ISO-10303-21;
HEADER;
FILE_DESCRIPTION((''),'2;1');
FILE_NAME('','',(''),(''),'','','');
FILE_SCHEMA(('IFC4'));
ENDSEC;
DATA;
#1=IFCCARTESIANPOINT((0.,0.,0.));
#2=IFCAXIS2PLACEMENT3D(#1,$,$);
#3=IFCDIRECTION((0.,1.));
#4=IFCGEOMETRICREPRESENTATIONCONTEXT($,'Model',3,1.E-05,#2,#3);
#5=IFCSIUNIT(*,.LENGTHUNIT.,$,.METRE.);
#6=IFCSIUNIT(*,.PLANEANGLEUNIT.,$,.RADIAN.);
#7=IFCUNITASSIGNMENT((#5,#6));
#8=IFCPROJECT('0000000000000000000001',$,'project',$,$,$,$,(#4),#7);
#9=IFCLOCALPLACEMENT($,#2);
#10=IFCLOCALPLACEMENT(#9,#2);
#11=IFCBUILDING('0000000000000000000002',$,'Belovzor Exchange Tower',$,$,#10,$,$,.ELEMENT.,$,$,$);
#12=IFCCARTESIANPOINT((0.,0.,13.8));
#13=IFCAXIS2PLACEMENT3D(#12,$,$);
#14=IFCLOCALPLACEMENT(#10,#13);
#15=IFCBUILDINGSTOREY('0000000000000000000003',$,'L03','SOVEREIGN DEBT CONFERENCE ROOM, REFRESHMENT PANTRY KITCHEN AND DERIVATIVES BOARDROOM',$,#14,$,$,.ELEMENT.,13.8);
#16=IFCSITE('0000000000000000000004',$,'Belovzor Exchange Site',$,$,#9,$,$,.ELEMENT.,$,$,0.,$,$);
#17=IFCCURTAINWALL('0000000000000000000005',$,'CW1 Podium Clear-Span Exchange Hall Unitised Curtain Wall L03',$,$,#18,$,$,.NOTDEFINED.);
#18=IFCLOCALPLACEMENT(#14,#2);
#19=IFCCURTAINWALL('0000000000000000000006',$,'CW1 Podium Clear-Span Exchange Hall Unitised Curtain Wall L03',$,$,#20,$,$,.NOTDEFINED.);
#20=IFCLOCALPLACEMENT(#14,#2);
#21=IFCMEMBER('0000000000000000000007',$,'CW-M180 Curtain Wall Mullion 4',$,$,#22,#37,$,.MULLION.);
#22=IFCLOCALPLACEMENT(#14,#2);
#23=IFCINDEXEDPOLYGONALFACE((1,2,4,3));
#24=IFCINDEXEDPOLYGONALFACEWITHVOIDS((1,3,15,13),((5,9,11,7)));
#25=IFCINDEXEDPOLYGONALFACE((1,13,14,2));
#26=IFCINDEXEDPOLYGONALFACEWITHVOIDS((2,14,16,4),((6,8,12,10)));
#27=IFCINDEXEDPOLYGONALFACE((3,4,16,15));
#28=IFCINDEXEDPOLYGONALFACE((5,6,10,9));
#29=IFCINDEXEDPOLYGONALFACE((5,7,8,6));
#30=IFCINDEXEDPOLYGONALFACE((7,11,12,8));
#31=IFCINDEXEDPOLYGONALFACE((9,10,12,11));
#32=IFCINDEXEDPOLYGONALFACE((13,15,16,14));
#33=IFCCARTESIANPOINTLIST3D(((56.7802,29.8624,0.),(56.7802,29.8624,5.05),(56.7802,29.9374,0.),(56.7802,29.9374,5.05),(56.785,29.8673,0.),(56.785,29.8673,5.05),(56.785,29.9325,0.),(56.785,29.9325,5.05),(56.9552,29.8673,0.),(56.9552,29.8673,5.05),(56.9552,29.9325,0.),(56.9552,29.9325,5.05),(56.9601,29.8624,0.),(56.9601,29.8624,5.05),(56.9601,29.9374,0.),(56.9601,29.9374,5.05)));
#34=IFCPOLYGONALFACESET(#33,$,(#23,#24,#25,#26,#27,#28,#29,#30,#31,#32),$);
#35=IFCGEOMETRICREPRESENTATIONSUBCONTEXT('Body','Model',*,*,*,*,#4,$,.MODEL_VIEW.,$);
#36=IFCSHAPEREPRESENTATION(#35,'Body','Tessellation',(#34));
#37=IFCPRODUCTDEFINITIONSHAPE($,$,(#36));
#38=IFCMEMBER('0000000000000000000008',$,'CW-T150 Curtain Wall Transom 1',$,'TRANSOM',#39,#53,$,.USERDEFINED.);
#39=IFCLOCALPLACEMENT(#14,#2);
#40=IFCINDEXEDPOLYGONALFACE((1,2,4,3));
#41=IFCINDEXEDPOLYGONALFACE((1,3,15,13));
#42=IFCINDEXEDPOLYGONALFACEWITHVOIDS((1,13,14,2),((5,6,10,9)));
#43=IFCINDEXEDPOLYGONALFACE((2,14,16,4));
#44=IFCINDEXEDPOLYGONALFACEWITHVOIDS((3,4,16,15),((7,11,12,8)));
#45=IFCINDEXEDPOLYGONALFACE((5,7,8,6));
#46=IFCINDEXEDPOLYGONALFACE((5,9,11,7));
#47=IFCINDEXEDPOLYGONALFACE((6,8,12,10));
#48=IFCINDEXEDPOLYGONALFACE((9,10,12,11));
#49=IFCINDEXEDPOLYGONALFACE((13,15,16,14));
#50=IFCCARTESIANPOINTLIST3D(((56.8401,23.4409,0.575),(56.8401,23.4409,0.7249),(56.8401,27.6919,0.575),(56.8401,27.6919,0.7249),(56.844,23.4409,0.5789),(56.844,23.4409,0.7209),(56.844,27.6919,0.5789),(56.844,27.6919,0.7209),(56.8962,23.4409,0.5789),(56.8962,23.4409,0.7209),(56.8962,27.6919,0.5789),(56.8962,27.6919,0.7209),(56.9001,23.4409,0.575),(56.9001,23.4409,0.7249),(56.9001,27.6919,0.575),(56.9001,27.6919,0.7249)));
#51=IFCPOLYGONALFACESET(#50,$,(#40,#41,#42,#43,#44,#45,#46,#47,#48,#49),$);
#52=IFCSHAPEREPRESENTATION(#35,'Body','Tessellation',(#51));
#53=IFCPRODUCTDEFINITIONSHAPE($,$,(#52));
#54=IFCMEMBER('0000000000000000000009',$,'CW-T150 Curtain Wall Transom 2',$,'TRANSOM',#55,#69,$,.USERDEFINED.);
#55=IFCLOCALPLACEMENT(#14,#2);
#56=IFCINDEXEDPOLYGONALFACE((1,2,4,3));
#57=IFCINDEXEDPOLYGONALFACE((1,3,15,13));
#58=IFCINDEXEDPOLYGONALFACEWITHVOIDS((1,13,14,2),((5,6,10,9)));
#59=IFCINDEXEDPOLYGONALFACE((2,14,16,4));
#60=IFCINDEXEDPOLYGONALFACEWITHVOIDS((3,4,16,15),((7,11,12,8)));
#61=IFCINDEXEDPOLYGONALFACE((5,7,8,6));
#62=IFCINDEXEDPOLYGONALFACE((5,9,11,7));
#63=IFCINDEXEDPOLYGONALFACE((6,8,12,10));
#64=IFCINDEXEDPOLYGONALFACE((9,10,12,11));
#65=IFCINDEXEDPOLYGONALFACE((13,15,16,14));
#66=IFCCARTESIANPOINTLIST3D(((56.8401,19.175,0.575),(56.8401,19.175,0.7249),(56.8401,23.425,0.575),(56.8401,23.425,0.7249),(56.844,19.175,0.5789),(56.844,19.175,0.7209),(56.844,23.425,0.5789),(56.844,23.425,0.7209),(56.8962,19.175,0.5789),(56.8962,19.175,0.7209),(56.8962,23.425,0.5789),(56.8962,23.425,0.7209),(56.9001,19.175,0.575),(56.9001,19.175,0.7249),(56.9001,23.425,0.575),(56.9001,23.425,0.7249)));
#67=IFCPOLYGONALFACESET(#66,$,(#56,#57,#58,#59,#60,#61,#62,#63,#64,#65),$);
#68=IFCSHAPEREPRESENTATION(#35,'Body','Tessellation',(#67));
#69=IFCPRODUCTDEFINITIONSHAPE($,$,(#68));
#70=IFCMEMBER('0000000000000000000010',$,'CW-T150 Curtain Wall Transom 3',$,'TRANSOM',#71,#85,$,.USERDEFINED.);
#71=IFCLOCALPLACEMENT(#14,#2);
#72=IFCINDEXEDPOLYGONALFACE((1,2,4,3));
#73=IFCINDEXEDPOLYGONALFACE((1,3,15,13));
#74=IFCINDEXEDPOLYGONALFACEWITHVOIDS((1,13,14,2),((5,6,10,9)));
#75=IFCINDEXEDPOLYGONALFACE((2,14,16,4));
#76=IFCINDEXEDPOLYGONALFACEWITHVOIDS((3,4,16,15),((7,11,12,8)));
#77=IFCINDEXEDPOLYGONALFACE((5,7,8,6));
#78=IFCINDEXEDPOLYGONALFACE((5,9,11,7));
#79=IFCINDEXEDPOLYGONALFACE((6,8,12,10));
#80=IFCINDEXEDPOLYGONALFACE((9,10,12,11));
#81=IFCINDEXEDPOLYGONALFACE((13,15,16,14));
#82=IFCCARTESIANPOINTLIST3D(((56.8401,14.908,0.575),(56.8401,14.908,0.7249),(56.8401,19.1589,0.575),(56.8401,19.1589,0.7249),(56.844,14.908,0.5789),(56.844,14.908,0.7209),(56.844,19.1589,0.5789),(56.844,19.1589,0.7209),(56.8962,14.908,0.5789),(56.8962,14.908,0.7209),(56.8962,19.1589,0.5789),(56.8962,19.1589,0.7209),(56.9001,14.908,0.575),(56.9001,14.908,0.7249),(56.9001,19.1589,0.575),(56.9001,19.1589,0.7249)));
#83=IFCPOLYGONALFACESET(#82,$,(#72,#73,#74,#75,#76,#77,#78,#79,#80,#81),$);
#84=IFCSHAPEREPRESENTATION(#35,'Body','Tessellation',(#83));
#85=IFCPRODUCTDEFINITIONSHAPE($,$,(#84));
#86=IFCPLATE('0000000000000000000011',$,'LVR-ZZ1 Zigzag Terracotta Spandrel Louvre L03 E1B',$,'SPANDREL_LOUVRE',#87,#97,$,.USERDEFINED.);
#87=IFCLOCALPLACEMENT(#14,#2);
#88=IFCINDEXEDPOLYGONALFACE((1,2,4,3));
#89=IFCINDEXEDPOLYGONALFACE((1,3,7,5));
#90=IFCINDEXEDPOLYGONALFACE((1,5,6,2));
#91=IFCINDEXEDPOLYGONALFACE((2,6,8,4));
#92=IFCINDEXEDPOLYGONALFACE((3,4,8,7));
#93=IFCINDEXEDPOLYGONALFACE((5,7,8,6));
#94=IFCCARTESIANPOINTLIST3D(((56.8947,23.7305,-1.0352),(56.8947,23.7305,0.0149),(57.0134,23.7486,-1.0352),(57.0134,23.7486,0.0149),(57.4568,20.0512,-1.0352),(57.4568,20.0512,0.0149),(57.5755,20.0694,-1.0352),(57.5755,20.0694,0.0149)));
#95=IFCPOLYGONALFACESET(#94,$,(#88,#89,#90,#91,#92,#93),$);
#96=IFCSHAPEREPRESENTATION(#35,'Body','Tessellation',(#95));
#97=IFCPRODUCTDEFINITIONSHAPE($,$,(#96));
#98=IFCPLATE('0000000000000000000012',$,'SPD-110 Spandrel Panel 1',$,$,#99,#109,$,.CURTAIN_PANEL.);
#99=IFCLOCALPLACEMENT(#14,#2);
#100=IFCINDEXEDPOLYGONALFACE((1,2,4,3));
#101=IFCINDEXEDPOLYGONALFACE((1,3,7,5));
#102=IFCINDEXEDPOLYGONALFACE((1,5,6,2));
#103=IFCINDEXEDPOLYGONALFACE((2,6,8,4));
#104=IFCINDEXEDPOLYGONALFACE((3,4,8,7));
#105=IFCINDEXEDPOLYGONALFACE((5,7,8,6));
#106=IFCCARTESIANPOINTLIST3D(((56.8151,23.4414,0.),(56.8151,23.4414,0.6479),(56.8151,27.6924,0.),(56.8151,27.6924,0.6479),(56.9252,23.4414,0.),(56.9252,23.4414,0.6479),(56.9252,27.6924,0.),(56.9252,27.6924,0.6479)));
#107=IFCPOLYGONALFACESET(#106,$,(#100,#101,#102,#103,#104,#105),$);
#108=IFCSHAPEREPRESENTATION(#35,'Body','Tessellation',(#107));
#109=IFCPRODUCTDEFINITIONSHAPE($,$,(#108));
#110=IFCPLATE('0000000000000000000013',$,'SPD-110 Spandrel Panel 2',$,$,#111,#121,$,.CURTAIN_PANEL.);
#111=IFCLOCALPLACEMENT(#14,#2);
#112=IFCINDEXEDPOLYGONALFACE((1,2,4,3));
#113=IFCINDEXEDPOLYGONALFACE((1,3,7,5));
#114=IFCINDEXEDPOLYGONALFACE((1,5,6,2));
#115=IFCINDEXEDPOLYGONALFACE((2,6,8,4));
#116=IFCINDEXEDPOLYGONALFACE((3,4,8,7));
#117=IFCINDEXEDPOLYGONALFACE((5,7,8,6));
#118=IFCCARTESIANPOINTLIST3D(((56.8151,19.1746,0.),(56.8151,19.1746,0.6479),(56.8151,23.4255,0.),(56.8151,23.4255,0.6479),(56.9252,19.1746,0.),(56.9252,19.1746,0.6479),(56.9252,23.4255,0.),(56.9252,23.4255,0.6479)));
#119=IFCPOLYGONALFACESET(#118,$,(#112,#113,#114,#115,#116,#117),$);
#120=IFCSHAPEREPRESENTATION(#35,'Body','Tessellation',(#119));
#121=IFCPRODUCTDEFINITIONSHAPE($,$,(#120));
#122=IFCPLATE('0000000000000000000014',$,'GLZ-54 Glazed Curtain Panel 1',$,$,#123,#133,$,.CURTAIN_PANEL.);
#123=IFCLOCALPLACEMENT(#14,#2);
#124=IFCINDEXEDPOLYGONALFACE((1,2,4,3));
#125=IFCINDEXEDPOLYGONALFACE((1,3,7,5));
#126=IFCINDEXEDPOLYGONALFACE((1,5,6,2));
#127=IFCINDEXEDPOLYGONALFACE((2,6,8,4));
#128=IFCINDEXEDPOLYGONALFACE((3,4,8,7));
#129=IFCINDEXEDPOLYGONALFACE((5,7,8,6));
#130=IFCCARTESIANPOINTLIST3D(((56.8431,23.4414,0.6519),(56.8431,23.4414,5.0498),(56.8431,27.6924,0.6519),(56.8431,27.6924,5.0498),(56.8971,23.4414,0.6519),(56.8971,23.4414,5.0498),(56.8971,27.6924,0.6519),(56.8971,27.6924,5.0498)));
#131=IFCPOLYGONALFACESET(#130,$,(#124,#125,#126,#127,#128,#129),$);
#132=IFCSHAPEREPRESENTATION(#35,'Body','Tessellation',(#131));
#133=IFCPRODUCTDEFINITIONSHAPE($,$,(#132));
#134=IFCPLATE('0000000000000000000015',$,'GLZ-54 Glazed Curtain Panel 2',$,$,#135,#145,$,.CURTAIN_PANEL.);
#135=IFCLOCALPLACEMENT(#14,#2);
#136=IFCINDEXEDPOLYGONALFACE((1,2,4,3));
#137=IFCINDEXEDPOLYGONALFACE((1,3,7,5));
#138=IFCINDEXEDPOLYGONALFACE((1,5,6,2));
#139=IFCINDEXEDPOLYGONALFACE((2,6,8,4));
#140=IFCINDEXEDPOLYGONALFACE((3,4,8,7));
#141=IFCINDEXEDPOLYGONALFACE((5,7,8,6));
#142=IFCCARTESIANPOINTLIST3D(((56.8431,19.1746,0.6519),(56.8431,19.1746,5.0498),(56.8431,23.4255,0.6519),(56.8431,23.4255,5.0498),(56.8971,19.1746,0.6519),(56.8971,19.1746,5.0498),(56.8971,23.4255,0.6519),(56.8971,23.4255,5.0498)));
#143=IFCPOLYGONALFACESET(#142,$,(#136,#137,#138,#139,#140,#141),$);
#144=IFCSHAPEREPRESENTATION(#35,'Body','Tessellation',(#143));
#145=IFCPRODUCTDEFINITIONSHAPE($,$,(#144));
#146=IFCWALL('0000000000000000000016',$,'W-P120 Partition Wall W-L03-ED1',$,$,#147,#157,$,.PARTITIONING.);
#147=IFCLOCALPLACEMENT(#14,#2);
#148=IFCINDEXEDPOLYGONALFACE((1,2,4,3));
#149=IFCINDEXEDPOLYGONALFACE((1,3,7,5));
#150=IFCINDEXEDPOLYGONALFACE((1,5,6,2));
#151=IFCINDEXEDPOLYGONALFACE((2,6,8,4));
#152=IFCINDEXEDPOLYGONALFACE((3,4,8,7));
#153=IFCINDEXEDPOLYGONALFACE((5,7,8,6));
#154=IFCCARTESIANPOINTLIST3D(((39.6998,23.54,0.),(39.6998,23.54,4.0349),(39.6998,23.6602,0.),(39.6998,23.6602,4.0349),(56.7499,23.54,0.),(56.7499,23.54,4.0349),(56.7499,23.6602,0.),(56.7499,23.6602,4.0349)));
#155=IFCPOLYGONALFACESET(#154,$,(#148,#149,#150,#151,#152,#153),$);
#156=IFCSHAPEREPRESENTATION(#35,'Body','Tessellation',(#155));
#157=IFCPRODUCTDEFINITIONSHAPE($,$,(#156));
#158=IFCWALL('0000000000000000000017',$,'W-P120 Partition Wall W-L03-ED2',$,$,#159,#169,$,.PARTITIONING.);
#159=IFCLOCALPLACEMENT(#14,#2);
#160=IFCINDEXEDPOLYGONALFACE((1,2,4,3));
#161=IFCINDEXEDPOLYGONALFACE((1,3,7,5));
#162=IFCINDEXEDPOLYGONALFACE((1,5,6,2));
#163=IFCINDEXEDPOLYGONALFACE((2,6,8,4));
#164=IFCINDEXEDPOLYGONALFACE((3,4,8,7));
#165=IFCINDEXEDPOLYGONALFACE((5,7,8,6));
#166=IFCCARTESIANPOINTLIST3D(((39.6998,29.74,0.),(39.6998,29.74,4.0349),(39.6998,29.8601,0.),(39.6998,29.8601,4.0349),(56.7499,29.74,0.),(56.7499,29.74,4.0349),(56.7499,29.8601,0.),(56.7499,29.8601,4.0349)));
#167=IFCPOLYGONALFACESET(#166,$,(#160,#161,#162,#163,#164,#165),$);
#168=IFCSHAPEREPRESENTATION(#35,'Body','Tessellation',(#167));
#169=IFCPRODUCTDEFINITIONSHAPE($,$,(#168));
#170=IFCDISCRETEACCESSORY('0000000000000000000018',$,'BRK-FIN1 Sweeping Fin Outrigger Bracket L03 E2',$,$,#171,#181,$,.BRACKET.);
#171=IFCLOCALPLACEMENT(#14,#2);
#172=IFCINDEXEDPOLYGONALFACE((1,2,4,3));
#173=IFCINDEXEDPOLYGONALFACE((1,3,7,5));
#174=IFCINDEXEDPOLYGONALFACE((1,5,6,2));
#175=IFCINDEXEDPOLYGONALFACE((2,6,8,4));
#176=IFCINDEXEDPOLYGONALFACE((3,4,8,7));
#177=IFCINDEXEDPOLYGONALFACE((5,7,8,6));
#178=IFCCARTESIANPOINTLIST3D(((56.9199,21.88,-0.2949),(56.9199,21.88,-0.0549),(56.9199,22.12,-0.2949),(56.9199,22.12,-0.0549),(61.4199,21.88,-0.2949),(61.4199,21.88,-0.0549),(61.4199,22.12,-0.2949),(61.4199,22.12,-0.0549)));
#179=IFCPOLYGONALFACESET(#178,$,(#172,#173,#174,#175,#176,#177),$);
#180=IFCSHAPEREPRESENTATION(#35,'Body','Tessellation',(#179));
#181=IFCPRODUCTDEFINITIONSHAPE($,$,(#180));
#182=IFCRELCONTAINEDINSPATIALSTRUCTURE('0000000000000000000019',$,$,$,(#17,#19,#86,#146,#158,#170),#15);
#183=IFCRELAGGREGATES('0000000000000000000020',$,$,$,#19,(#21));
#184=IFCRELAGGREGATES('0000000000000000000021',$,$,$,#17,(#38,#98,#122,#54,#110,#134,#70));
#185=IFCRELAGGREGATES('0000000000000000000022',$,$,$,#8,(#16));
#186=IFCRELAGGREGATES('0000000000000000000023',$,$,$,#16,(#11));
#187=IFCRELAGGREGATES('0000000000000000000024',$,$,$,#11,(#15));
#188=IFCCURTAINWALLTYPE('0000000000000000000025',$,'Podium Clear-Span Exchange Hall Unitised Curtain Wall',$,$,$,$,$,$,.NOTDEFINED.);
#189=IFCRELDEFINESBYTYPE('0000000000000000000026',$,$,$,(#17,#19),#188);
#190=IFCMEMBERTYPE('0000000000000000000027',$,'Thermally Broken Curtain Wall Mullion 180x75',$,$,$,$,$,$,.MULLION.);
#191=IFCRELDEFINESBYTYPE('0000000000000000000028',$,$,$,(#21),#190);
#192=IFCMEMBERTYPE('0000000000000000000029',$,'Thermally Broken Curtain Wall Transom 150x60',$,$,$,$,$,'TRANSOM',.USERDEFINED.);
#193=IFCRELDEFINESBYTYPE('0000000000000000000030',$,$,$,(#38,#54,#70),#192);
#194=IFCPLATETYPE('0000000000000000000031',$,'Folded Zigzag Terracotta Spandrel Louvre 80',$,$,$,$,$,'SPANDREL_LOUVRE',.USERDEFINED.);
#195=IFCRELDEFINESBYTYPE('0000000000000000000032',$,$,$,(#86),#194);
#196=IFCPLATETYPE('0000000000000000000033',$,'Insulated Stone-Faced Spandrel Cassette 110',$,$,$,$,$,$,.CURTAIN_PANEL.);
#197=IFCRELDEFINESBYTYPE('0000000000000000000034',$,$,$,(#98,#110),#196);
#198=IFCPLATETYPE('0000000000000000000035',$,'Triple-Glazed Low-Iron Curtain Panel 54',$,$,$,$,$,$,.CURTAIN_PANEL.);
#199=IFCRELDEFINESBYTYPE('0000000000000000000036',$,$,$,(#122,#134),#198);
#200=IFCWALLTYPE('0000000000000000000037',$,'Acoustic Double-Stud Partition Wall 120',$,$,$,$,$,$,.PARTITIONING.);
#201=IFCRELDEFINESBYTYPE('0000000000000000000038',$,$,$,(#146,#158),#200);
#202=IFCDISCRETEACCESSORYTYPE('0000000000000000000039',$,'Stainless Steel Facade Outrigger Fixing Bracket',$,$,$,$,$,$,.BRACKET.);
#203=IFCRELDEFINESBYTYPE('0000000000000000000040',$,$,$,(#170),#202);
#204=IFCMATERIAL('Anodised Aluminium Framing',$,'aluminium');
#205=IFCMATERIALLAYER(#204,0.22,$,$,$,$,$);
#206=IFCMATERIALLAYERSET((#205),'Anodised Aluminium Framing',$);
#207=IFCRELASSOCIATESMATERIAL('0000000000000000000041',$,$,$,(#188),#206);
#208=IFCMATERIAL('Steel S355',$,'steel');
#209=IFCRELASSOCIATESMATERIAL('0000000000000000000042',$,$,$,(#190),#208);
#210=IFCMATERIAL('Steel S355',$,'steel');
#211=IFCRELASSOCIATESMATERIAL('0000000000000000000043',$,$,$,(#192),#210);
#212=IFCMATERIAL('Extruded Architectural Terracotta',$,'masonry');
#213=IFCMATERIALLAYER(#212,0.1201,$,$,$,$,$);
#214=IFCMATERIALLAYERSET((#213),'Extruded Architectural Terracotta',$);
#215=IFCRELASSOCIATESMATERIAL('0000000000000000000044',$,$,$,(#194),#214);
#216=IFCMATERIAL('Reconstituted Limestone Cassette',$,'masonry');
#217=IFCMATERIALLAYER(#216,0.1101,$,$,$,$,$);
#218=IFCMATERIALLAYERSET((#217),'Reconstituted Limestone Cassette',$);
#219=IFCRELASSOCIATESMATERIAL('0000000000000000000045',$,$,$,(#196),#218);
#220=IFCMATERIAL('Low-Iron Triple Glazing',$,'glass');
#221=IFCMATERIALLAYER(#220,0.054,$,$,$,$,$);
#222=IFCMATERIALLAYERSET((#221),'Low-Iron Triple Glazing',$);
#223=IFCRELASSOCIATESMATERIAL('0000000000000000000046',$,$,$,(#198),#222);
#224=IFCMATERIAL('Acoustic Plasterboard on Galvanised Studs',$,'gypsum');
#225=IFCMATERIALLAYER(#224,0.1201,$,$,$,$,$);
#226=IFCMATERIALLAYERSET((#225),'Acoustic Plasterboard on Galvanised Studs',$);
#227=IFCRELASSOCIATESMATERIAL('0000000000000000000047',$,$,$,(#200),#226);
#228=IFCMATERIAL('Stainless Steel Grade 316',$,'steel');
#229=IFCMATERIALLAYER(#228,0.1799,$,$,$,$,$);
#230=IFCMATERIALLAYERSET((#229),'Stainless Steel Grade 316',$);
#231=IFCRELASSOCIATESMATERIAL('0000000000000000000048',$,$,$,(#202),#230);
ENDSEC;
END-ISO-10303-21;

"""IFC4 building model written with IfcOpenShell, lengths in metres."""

from ifc_helpers import new_model, si_unit, direction, frame, frame_2d, origin, origin_2d, place, context, subcontext, project, spatial, rectangle, hollow_rectangle, extrude, material, layer, layer_set, material_profile, profile_set, type_object, element, aggregate, save


model = new_model("IFC4")

# Units and contexts
model_context = context("Model", 3, precision=1e-05, world=origin(), true_north=direction((0.0, 1.0)))
body_context = subcontext(model_context, "Body", "Model", "MODEL_VIEW")
ifc_project = project(units=[si_unit("LENGTHUNIT", "METRE"), si_unit("PLANEANGLEUNIT", "RADIAN")], contexts=[model_context])

# Site, building, storey
site_placement = place(None, origin())
site = spatial("IfcSite", under=ifc_project, at=site_placement, Name="Belovzor Exchange Site", CompositionType="ELEMENT", RefElevation=0.0)
building_placement = place(site_placement, origin())
building = spatial("IfcBuilding", under=site, at=building_placement, Name="Belovzor Exchange Tower", CompositionType="ELEMENT")
storey_placement = place(building_placement, frame((0.0, 0.0, 13.8)))
storey = spatial("IfcBuildingStorey", under=building, at=storey_placement, Name="L03", Description="SOVEREIGN DEBT CONFERENCE ROOM, REFRESHMENT PANTRY KITCHEN AND DERIVATIVES BOARDROOM", CompositionType="ELEMENT", Elevation=13.8)

# Curtain wall
ifc_material_1 = material(Name="Anodised Aluminium Framing", Category="aluminium")
ifc_layer_1 = layer(ifc_material_1, 0.22)
ifc_layer_set_1 = layer_set([ifc_layer_1], Name="Anodised Aluminium Framing")
curtain_wall_type = type_object("IfcCurtainWallType", Name="Podium Clear-Span Exchange Hall Unitised Curtain Wall", PredefinedType="NOTDEFINED", material=ifc_layer_set_1)
curtain_wall_1_placement = place(storey_placement, origin())
curtain_wall_1 = element("IfcCurtainWall", 1, at=curtain_wall_1_placement, inside=storey, type_object=curtain_wall_type, Name="CW1 Podium Clear-Span Exchange Hall Unitised Curtain Wall L03", PredefinedType="NOTDEFINED")
ifc_material_2 = material(Name="Steel S355", Category="steel")
ifc_material_profile_1 = material_profile(ifc_material_2, hollow_rectangle(XDim=0.075, YDim=0.1799, WallThickness=0.0049, at=origin_2d()))
ifc_profile_set_1 = profile_set([ifc_material_profile_1], Name="Steel S355")
member_type_1 = type_object("IfcMemberType", Name="Thermally Broken Curtain Wall Mullion 180x75", PredefinedType="MULLION", material=ifc_profile_set_1)

# Curtain wall, member
curtain_wall_2_placement = place(storey_placement, origin())
curtain_wall_2 = element("IfcCurtainWall", 2, at=curtain_wall_2_placement, inside=storey, type_object=curtain_wall_type, Name="CW1 Podium Clear-Span Exchange Hall Unitised Curtain Wall L03", PredefinedType="NOTDEFINED")
member_1_placement = place(storey_placement, frame((56.8701, 29.8999, 0.0), z_axis=(0.0, 0.0, 1.0), x_axis=(0.0, -1.0, 0.0)))
member_1 = element("IfcMember", 3, at=member_1_placement, type_object=member_type_1, Name="CW-M180 Curtain Wall Mullion 4", PredefinedType="MULLION", context=body_context, shape_type="SweptSolid", body=[
    extrude(hollow_rectangle(XDim=0.075, YDim=0.1799, WallThickness=0.0049, at=origin_2d()), origin(), (0.0, 0.0, 1.0), 5.05),
])
aggregate(curtain_wall_2, [member_1])

# Members
ifc_material_3 = material(Name="Steel S355", Category="steel")
ifc_material_profile_2 = material_profile(ifc_material_3, hollow_rectangle(XDim=0.0601, YDim=0.1499, WallThickness=0.0039, at=origin_2d()))
ifc_profile_set_2 = profile_set([ifc_material_profile_2], Name="Steel S355")
member_type_2 = type_object("IfcMemberType", Name="Thermally Broken Curtain Wall Transom 150x60", ElementType="TRANSOM", PredefinedType="USERDEFINED", material=ifc_profile_set_2)
member_2_placement = place(storey_placement, frame((56.8701, 27.6919, 0.6499), z_axis=(0.0, -1.0, 0.0), x_axis=(1.0, 0.0, 0.0)))
member_2 = element("IfcMember", 4, at=member_2_placement, type_object=member_type_2, Name="CW-T150 Curtain Wall Transom 1", ObjectType="TRANSOM", PredefinedType="USERDEFINED", context=body_context, shape_type="SweptSolid", body=[
    extrude(hollow_rectangle(XDim=0.0601, YDim=0.1499, WallThickness=0.0039, at=origin_2d()), origin(), (0.0, 0.0, 1.0), 4.251),
])
member_3_placement = place(storey_placement, frame((56.8701, 23.425, 0.6499), z_axis=(0.0, -1.0, 0.0), x_axis=(1.0, 0.0, 0.0)))
member_3 = element("IfcMember", 5, at=member_3_placement, type_object=member_type_2, Name="CW-T150 Curtain Wall Transom 2", ObjectType="TRANSOM", PredefinedType="USERDEFINED", context=body_context, shape_type="SweptSolid", body=[
    extrude(hollow_rectangle(XDim=0.0601, YDim=0.1499, WallThickness=0.0039, at=origin_2d()), origin(), (0.0, 0.0, 1.0), 4.25),
])
member_4_placement = place(storey_placement, frame((56.8701, 19.1589, 0.6499), z_axis=(0.0, -1.0, 0.0), x_axis=(1.0, 0.0, 0.0)))
member_4 = element("IfcMember", 6, at=member_4_placement, type_object=member_type_2, Name="CW-T150 Curtain Wall Transom 3", ObjectType="TRANSOM", PredefinedType="USERDEFINED", context=body_context, shape_type="SweptSolid", body=[
    extrude(hollow_rectangle(XDim=0.0601, YDim=0.1499, WallThickness=0.0039, at=origin_2d()), origin(), (0.0, 0.0, 1.0), 4.251),
])

# Plates
ifc_material_4 = material(Name="Extruded Architectural Terracotta", Category="masonry")
ifc_layer_2 = layer(ifc_material_4, 0.1201)
ifc_layer_set_2 = layer_set([ifc_layer_2], Name="Extruded Architectural Terracotta")
plate_type_1 = type_object("IfcPlateType", Name="Folded Zigzag Terracotta Spandrel Louvre 80", ElementType="SPANDREL_LOUVRE", PredefinedType="USERDEFINED", material=ifc_layer_set_2)
plate_1_placement = place(storey_placement, frame((57.2351, 21.8999, -1.0352), z_axis=(0.0, 0.0, 1.0), x_axis=(-0.151019, 0.988531, 0.0)))
element("IfcPlate", 7, at=plate_1_placement, inside=storey, type_object=plate_type_1, Name="LVR-ZZ1 Zigzag Terracotta Spandrel Louvre L03 E1B", ObjectType="SPANDREL_LOUVRE", PredefinedType="USERDEFINED", context=body_context, shape_type="SweptSolid", body=[
    extrude(rectangle(XDim=3.7219, YDim=0.1201, at=origin_2d()), origin(), (0.0, 0.0, 1.0), 1.05),
])
ifc_material_5 = material(Name="Reconstituted Limestone Cassette", Category="masonry")
ifc_layer_3 = layer(ifc_material_5, 0.1101)
ifc_layer_set_3 = layer_set([ifc_layer_3], Name="Reconstituted Limestone Cassette")
plate_type_2 = type_object("IfcPlateType", Name="Insulated Stone-Faced Spandrel Cassette 110", PredefinedType="CURTAIN_PANEL", material=ifc_layer_set_3)
plate_2_placement = place(storey_placement, frame((56.8701, 25.5669, 0.0), z_axis=(0.0, 0.0, 1.0), x_axis=(0.0, -1.0, 0.0)))
plate_2 = element("IfcPlate", 8, at=plate_2_placement, type_object=plate_type_2, Name="SPD-110 Spandrel Panel 1", PredefinedType="CURTAIN_PANEL", context=body_context, shape_type="SweptSolid", body=[
    extrude(rectangle(XDim=4.251, YDim=0.1101, at=origin_2d()), origin(), (0.0, 0.0, 1.0), 0.6479),
])
plate_3_placement = place(storey_placement, frame((56.8701, 21.3, 0.0), z_axis=(0.0, 0.0, 1.0), x_axis=(0.0, -1.0, 0.0)))
plate_3 = element("IfcPlate", 9, at=plate_3_placement, type_object=plate_type_2, Name="SPD-110 Spandrel Panel 2", PredefinedType="CURTAIN_PANEL", context=body_context, shape_type="SweptSolid", body=[
    extrude(rectangle(XDim=4.251, YDim=0.1101, at=origin_2d()), origin(), (0.0, 0.0, 1.0), 0.6479),
])
ifc_material_6 = material(Name="Low-Iron Triple Glazing", Category="glass")
ifc_layer_4 = layer(ifc_material_6, 0.054)
ifc_layer_set_4 = layer_set([ifc_layer_4], Name="Low-Iron Triple Glazing")
plate_type_3 = type_object("IfcPlateType", Name="Triple-Glazed Low-Iron Curtain Panel 54", PredefinedType="CURTAIN_PANEL", material=ifc_layer_set_4)
plate_4_placement = place(storey_placement, frame((56.8701, 25.5669, 0.6519), z_axis=(0.0, 0.0, 1.0), x_axis=(0.0, -1.0, 0.0)))
plate_4 = element("IfcPlate", 10, at=plate_4_placement, type_object=plate_type_3, Name="GLZ-54 Glazed Curtain Panel 1", PredefinedType="CURTAIN_PANEL", context=body_context, shape_type="SweptSolid", body=[
    extrude(rectangle(XDim=4.251, YDim=0.054, at=origin_2d()), origin(), (0.0, 0.0, 1.0), 4.3979),
])
plate_5_placement = place(storey_placement, frame((56.8701, 21.3, 0.6519), z_axis=(0.0, 0.0, 1.0), x_axis=(0.0, -1.0, 0.0)))
plate_5 = element("IfcPlate", 11, at=plate_5_placement, type_object=plate_type_3, Name="GLZ-54 Glazed Curtain Panel 2", PredefinedType="CURTAIN_PANEL", context=body_context, shape_type="SweptSolid", body=[
    extrude(rectangle(XDim=4.251, YDim=0.054, at=origin_2d()), origin(), (0.0, 0.0, 1.0), 4.3979),
])
aggregate(curtain_wall_1, [member_2, plate_2, plate_4, member_3, plate_3, plate_5, member_4])

# Walls
ifc_material_7 = material(Name="Acoustic Plasterboard on Galvanised Studs", Category="gypsum")
ifc_layer_5 = layer(ifc_material_7, 0.1201)
ifc_layer_set_5 = layer_set([ifc_layer_5], Name="Acoustic Plasterboard on Galvanised Studs")
wall_type = type_object("IfcWallType", Name="Acoustic Double-Stud Partition Wall 120", PredefinedType="PARTITIONING", material=ifc_layer_set_5)
for number, where, z_axis, x_axis, name in (
    (12, (39.7, 23.6001, 0.0), (0.0, 0.0, 1.0), (1.0, 0.0, 0.0), "W-P120 Partition Wall W-L03-ED1"),
    (13, (39.7, 29.8, 0.0), (0.0, 0.0, 1.0), (1.0, 0.0, 0.0), "W-P120 Partition Wall W-L03-ED2"),
):
    element("IfcWall", number, at=place(storey_placement, frame(where, z_axis=z_axis, x_axis=x_axis)), inside=storey, type_object=wall_type, Name=name, PredefinedType="PARTITIONING", context=body_context, shape_type="SweptSolid", body=[
        extrude(rectangle(XDim=17.05, YDim=0.1201, at=frame_2d((8.5249, 0.0))), origin(), (0.0, 0.0, 1.0), 4.0349),
    ])

# Discrete accessory
ifc_material_8 = material(Name="Stainless Steel Grade 316", Category="steel")
ifc_layer_6 = layer(ifc_material_8, 0.1799)
ifc_layer_set_6 = layer_set([ifc_layer_6], Name="Stainless Steel Grade 316")
discrete_accessory_type = type_object("IfcDiscreteAccessoryType", Name="Stainless Steel Facade Outrigger Fixing Bracket", PredefinedType="BRACKET", material=ifc_layer_set_6)
discrete_accessory_placement = place(storey_placement, frame((59.1699, 22.0, -0.2949), z_axis=(0.0, 0.0, 1.0), x_axis=(1.0, 0.0, 0.0)))
element("IfcDiscreteAccessory", 14, at=discrete_accessory_placement, inside=storey, type_object=discrete_accessory_type, Name="BRK-FIN1 Sweeping Fin Outrigger Bracket L03 E2", PredefinedType="BRACKET", context=body_context, shape_type="SweptSolid", body=[
    extrude(rectangle(XDim=4.5, YDim=0.24, at=origin_2d()), origin(), (0.0, 0.0, 1.0), 0.24),
])

save(model, "model.ifc")
